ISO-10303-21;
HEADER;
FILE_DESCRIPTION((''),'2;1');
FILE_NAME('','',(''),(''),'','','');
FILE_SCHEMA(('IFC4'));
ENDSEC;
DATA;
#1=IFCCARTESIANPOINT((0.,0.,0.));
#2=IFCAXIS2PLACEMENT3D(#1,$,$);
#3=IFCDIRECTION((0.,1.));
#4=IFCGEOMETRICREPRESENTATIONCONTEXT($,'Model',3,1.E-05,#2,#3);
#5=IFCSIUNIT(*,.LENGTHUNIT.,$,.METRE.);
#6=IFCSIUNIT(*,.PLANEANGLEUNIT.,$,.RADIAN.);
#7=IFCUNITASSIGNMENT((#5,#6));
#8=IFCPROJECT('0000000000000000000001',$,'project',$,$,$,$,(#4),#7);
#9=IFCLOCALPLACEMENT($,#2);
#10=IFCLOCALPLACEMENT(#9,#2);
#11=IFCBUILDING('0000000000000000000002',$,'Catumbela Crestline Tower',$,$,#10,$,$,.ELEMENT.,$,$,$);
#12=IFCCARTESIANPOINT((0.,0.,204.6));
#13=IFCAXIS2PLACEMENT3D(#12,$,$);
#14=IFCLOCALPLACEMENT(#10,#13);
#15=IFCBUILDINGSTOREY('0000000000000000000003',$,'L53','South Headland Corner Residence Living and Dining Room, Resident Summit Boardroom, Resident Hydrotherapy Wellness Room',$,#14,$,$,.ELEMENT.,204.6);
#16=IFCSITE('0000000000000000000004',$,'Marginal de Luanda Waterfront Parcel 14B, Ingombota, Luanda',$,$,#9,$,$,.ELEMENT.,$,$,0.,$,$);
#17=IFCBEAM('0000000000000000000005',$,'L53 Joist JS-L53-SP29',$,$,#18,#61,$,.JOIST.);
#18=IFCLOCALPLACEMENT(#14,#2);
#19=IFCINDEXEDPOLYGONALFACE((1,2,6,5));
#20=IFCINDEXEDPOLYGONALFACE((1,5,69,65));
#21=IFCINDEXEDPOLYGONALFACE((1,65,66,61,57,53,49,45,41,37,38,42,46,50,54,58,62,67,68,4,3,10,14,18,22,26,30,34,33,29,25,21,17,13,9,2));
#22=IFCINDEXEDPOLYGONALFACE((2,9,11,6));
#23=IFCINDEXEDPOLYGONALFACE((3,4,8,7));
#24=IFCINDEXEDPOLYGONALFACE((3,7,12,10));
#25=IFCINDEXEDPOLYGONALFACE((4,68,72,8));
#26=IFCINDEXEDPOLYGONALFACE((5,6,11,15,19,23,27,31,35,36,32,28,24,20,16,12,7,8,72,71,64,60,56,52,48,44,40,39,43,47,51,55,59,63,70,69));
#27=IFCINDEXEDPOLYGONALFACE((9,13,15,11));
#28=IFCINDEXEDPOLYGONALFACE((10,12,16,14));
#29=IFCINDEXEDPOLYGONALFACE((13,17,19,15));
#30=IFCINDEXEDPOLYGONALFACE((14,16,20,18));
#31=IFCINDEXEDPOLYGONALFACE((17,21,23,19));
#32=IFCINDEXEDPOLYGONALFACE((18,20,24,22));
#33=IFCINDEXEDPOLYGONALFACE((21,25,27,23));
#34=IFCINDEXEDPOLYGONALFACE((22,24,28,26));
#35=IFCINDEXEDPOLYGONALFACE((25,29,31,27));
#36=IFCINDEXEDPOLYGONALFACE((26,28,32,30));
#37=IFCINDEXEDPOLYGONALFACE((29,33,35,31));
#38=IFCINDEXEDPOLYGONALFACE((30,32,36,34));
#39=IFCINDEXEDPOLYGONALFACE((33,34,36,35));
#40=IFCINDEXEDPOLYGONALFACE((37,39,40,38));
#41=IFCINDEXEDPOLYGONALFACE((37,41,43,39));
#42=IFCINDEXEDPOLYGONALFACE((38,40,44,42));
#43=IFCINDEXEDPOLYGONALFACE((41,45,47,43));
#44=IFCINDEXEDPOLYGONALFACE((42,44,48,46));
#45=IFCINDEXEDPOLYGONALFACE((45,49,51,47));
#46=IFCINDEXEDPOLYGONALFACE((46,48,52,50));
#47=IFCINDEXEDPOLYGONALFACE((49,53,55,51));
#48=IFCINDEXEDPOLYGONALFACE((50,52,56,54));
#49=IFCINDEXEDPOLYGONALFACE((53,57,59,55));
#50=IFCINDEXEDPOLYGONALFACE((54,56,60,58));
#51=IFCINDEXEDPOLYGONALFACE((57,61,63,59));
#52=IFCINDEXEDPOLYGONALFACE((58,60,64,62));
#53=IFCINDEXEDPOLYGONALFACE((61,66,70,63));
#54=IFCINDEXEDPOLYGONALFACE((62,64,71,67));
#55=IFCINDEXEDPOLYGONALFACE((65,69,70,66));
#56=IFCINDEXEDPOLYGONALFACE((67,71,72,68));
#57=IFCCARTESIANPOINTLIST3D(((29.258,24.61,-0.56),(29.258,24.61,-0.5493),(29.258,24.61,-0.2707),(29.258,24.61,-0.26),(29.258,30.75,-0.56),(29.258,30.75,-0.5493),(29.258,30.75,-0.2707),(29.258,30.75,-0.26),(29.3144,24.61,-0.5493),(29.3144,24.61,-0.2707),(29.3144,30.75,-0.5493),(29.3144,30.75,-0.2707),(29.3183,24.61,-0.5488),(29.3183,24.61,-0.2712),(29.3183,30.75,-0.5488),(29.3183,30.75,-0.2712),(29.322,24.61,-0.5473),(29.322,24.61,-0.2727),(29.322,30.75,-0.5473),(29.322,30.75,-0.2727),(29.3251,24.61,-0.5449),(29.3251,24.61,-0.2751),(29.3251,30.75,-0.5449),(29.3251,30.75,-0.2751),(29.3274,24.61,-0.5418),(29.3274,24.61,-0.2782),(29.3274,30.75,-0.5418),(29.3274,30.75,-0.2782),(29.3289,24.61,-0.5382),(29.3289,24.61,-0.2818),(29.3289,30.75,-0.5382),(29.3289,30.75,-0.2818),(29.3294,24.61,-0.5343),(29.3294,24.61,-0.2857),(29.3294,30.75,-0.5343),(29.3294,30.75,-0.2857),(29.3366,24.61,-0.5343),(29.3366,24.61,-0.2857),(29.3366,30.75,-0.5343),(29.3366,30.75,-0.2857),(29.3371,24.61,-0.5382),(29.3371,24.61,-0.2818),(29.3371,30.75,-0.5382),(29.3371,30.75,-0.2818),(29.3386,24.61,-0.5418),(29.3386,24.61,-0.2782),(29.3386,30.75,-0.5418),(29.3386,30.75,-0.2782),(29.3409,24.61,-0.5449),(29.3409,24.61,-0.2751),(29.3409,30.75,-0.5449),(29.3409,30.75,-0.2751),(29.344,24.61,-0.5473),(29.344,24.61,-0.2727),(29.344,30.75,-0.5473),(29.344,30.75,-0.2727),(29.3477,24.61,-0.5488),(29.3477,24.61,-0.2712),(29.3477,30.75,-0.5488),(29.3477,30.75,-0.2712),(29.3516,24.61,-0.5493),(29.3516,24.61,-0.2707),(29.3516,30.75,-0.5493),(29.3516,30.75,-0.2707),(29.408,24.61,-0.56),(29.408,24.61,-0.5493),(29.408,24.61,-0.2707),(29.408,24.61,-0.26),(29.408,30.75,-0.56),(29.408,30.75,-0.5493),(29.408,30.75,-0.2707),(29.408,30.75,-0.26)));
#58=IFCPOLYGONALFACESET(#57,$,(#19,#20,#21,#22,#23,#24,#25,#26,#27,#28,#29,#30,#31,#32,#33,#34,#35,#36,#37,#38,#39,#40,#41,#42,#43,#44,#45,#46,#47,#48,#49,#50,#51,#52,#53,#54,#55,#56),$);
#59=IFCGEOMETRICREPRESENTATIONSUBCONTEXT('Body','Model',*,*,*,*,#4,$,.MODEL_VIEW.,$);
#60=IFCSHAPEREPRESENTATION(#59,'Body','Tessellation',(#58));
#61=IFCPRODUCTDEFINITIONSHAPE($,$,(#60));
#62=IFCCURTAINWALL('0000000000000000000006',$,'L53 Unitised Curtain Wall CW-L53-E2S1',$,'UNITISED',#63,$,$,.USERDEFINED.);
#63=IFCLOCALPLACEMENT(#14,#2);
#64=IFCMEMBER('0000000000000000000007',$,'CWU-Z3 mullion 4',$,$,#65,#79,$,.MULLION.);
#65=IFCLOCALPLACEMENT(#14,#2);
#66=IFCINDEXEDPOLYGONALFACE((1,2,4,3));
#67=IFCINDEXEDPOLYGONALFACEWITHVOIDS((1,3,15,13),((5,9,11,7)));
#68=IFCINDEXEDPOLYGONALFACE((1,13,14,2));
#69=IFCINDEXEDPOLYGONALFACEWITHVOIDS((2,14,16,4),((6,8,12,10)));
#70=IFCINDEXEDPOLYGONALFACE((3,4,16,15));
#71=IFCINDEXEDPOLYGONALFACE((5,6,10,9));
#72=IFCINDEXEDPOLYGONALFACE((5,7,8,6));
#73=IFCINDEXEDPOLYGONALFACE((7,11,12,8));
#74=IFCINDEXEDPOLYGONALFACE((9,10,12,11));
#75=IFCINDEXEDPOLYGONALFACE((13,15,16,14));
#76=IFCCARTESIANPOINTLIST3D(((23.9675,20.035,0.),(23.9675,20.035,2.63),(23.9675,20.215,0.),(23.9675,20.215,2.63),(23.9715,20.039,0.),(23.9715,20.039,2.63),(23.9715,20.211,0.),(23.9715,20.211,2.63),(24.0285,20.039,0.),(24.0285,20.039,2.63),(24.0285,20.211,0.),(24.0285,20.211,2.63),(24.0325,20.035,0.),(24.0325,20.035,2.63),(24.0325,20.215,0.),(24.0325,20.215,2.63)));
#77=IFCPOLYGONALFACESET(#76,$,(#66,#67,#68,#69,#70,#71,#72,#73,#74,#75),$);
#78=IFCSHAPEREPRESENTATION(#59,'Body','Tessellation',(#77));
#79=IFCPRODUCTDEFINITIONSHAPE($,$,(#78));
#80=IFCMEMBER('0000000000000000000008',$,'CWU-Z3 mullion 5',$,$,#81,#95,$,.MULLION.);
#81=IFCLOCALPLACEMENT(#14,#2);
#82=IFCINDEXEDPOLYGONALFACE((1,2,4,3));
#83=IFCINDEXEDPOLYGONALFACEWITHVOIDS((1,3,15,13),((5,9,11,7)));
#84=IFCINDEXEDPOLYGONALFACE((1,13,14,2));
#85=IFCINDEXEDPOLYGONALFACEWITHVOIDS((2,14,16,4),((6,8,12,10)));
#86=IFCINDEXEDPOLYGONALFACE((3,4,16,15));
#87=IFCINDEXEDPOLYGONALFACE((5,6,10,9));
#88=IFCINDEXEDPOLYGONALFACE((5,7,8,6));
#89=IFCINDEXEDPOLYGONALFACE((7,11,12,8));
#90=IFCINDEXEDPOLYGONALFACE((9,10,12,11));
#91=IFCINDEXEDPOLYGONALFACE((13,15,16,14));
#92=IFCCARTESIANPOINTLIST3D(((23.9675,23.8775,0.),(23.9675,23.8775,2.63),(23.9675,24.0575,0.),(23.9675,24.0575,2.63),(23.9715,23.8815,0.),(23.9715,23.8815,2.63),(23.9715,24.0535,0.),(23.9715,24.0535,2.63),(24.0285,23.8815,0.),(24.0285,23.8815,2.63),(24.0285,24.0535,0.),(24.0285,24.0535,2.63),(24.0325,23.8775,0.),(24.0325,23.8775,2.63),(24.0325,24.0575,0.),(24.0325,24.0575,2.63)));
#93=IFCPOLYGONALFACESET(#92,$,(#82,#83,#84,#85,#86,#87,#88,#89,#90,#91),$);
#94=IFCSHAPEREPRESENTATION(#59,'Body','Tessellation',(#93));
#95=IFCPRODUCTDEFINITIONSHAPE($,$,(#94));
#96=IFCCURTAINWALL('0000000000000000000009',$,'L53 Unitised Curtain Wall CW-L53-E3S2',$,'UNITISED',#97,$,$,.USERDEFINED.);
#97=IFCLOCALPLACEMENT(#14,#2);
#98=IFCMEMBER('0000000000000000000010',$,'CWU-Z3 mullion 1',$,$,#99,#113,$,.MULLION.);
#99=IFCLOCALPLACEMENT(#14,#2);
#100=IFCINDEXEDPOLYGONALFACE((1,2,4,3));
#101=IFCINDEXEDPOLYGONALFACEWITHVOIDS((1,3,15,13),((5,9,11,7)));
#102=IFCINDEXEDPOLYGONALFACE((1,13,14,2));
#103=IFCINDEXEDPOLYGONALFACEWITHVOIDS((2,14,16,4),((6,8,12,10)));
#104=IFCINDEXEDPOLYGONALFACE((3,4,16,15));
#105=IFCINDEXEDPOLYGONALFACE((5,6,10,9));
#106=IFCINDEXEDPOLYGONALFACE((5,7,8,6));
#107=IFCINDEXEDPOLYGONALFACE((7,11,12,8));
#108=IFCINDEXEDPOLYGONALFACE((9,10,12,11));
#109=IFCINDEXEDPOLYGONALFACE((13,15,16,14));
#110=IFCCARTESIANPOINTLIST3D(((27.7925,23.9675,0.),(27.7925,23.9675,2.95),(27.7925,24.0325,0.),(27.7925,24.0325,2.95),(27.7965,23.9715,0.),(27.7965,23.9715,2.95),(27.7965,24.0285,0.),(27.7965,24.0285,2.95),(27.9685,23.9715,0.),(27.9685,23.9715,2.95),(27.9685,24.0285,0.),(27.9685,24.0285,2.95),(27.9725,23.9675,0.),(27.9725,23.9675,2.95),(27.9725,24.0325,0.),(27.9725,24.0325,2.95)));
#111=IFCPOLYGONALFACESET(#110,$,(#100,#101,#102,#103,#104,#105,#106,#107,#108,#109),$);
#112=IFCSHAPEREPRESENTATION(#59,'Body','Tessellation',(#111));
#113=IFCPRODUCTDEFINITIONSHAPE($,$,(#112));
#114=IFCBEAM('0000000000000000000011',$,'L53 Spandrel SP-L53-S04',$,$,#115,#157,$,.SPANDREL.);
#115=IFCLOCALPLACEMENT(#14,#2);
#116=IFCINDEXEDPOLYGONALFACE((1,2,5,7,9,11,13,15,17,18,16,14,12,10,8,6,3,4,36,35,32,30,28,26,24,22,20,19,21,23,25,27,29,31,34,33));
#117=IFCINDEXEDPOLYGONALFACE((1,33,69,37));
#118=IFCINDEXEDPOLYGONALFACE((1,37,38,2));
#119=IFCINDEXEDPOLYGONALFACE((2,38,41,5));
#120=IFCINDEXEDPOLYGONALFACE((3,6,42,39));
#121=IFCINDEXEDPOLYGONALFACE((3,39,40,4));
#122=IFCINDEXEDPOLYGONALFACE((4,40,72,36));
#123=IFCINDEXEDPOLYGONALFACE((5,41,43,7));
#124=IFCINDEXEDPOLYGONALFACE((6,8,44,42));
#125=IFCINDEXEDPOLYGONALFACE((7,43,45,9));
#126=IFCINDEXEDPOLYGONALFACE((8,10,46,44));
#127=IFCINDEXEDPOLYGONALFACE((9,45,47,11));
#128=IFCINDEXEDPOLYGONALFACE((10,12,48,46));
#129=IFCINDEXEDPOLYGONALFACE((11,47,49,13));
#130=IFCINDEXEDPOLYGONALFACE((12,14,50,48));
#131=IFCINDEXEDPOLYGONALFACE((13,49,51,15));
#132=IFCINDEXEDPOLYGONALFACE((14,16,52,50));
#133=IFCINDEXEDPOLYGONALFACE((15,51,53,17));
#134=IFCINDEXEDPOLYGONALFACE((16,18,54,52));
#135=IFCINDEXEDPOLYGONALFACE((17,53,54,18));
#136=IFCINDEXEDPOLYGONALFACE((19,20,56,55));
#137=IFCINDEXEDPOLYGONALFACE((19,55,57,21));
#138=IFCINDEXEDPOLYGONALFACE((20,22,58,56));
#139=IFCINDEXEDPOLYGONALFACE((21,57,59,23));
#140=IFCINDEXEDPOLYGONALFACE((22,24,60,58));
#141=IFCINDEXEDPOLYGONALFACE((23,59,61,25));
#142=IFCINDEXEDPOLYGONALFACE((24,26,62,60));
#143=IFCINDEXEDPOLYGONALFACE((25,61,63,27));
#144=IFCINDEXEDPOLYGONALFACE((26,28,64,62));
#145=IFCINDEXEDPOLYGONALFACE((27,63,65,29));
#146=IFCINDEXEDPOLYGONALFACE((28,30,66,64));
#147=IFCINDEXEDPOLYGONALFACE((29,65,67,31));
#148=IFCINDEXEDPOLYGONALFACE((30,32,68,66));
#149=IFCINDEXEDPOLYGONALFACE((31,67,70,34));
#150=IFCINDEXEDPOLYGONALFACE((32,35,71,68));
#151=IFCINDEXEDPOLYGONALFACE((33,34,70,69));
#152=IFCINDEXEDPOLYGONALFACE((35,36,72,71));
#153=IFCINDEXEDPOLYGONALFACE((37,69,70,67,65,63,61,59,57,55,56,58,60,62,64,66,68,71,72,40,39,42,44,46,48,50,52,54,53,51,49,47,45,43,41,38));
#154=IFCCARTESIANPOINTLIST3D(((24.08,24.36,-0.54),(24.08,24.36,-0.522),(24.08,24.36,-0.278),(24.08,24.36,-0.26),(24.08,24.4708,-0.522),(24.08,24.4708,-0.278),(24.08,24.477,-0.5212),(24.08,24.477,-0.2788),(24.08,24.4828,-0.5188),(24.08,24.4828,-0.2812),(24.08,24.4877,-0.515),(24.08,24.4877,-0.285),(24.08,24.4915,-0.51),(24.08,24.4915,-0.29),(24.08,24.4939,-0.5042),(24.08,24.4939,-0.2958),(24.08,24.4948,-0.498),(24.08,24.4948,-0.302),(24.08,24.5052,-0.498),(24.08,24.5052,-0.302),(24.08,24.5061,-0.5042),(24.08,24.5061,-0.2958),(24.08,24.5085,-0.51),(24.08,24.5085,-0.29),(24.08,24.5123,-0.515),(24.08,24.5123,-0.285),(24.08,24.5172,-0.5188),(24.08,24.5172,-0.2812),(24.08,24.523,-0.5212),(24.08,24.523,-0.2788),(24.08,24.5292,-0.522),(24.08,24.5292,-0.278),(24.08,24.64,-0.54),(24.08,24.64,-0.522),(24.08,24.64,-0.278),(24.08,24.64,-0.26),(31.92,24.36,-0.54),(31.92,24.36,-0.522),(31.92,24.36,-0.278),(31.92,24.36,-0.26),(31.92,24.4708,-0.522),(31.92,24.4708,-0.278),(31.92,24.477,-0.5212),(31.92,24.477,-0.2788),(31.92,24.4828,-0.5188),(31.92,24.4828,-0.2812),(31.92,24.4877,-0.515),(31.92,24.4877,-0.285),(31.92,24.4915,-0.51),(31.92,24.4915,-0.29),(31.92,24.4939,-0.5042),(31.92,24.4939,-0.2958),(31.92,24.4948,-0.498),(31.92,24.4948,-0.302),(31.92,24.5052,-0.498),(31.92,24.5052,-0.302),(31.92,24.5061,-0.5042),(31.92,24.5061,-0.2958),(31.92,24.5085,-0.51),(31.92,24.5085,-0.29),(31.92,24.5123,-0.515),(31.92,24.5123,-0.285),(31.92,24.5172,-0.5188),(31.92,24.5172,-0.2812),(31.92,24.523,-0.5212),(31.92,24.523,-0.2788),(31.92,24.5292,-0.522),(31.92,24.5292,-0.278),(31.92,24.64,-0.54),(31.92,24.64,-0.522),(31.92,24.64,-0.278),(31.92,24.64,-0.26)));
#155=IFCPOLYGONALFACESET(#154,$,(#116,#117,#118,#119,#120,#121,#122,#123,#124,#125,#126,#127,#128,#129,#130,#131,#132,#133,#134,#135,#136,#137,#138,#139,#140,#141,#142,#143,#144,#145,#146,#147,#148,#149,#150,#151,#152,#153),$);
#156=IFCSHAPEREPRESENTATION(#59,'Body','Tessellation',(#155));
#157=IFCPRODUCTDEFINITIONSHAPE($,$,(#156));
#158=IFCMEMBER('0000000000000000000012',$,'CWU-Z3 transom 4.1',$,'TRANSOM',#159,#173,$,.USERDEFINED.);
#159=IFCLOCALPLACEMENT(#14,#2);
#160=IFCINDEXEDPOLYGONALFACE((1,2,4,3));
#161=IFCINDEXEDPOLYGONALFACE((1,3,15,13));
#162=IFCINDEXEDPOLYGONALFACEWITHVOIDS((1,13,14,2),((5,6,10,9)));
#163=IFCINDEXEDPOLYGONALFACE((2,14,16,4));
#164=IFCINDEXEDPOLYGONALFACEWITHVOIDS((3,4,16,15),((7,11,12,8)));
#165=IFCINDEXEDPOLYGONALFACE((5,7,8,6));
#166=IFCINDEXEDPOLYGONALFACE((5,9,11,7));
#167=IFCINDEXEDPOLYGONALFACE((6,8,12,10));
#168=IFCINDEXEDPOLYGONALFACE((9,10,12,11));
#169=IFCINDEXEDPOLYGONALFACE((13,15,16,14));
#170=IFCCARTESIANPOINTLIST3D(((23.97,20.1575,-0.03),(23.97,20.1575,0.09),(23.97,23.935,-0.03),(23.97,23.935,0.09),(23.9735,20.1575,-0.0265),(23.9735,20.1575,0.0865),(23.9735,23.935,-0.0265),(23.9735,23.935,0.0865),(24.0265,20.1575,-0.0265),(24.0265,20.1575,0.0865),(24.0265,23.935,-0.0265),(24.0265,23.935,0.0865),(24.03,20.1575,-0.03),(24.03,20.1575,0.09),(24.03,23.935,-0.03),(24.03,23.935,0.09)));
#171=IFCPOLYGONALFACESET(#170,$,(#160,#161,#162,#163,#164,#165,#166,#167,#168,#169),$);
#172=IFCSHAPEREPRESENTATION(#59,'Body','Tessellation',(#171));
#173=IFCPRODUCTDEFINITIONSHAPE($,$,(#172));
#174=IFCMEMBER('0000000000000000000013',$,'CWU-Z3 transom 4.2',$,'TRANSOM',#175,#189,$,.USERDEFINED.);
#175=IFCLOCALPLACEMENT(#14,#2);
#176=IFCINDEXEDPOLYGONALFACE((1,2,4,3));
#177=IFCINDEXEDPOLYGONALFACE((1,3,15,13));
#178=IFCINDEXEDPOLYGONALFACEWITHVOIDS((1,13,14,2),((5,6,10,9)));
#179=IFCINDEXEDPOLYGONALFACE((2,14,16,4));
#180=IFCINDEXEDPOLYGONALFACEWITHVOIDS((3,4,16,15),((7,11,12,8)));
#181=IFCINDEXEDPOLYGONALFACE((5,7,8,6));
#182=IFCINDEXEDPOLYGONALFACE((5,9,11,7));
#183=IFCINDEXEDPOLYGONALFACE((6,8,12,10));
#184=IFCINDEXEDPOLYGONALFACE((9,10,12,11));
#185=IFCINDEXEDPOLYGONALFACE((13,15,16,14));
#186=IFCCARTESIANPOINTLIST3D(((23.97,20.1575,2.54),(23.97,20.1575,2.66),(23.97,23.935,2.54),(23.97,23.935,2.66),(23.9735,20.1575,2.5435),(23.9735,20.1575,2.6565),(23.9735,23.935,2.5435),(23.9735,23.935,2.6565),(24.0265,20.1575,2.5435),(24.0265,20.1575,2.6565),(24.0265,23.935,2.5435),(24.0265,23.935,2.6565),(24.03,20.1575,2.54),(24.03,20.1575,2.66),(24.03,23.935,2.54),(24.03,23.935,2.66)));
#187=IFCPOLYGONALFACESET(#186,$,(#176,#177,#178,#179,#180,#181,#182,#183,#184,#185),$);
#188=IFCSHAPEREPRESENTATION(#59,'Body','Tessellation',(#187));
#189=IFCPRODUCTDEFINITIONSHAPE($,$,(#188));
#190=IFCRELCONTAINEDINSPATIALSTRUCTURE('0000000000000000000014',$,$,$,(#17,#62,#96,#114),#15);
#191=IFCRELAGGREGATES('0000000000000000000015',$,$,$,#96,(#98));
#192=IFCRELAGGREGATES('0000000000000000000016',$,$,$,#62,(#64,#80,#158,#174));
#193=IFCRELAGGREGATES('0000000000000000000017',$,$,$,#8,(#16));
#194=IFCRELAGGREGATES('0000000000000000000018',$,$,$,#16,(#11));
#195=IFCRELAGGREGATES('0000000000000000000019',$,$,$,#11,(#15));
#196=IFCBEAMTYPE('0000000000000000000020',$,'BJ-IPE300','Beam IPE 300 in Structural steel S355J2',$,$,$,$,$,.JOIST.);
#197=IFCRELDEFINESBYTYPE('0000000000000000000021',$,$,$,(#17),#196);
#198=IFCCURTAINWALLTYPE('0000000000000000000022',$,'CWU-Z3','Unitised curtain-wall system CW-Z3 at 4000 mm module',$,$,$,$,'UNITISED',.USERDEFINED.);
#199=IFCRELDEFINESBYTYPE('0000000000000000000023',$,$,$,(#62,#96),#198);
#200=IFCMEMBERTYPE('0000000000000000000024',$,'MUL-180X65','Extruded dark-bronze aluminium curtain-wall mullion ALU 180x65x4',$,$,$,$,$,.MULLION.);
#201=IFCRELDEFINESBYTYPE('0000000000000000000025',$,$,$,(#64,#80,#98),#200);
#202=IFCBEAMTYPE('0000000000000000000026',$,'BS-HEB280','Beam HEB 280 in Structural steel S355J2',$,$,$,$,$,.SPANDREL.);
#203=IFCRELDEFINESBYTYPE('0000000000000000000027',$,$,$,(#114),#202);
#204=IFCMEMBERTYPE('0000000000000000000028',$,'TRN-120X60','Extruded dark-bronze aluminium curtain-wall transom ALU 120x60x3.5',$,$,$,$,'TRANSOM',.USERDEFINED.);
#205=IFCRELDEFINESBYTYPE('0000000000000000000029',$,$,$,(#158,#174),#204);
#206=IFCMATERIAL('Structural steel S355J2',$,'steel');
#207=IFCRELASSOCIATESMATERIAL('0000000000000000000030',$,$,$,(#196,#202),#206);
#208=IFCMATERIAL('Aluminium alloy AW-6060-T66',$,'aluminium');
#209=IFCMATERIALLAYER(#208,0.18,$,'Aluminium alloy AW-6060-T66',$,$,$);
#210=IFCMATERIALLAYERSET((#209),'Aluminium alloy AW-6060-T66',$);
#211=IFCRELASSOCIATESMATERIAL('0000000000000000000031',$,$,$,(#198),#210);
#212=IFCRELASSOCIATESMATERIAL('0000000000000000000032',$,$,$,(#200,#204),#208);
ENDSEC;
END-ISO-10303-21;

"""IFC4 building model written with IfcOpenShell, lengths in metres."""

from ifc_helpers import new_model, si_unit, direction, frame, origin, origin_2d, place, context, subcontext, project, spatial, hollow_rectangle, i_section, extrude, material, layer, layer_set, material_profile, profile_set, type_object, element, aggregate, save


model = new_model("IFC4")

# Units and contexts
model_context = context("Model", 3, precision=1e-05, world=origin(), true_north=direction((0.0, 1.0)))
body_context = subcontext(model_context, "Body", "Model", "MODEL_VIEW")
ifc_project = project(units=[si_unit("LENGTHUNIT", "METRE"), si_unit("PLANEANGLEUNIT", "RADIAN")], contexts=[model_context])

# Site, building, storey
site_placement = place(None, origin())
site = spatial("IfcSite", under=ifc_project, at=site_placement, Name="Marginal de Luanda Waterfront Parcel 14B, Ingombota, Luanda", CompositionType="ELEMENT", RefElevation=0.0)
building_placement = place(site_placement, origin())
building = spatial("IfcBuilding", under=site, at=building_placement, Name="Catumbela Crestline Tower", CompositionType="ELEMENT")
storey_placement = place(building_placement, frame((0.0, 0.0, 204.6)))
storey = spatial("IfcBuildingStorey", under=building, at=storey_placement, Name="L53", Description="South Headland Corner Residence Living and Dining Room, Resident Summit Boardroom, Resident Hydrotherapy Wellness Room", CompositionType="ELEMENT", Elevation=204.6)

# Beam
ifc_material_1 = material(Name="Structural steel S355J2", Category="steel")
ifc_material_profile_1 = material_profile(ifc_material_1, i_section(OverallWidth=0.15, OverallDepth=0.3, WebThickness=0.0071, FlangeThickness=0.0107, FilletRadius=0.015, at=origin_2d()), Name="IPE 300")
ifc_profile_set_1 = profile_set([ifc_material_profile_1], Name="Structural steel S355J2")
beam_type_1 = type_object("IfcBeamType", Name="BJ-IPE300", Description="Beam IPE 300 in Structural steel S355J2", PredefinedType="JOIST", material=ifc_profile_set_1)
for number, where, z_axis, x_axis, name in (
    (1, (29.333, 24.61, -0.41), (0.0, 1.0, 0.0), (-1.0, 0.0, 0.0), "L53 Joist JS-L53-SP29"),
):
    element("IfcBeam", number, at=place(storey_placement, frame(where, z_axis=z_axis, x_axis=x_axis)), inside=storey, type_object=beam_type_1, Name=name, PredefinedType="JOIST", context=body_context, shape_type="SweptSolid", body=[
        extrude(i_section(OverallWidth=0.15, OverallDepth=0.3, WebThickness=0.0071, FlangeThickness=0.0107, FilletRadius=0.015, at=origin_2d()), origin(), (0.0, 0.0, 1.0), 6.14),
    ])

# Curtain wall, members
ifc_material_2 = material(Name="Aluminium alloy AW-6060-T66", Category="aluminium")
ifc_layer_1 = layer(ifc_material_2, 0.18, Name="Aluminium alloy AW-6060-T66")
ifc_layer_set_1 = layer_set([ifc_layer_1], Name="Aluminium alloy AW-6060-T66")
curtain_wall_type = type_object("IfcCurtainWallType", Name="CWU-Z3", Description="Unitised curtain-wall system CW-Z3 at 4000 mm module", ElementType="UNITISED", PredefinedType="USERDEFINED", material=ifc_layer_set_1)
curtain_wall_1_placement = place(storey_placement, origin())
curtain_wall_1 = element("IfcCurtainWall", 2, at=curtain_wall_1_placement, inside=storey, type_object=curtain_wall_type, Name="L53 Unitised Curtain Wall CW-L53-E2S1", ObjectType="UNITISED", PredefinedType="USERDEFINED")
ifc_material_profile_2 = material_profile(ifc_material_2, hollow_rectangle(XDim=0.065, YDim=0.18, WallThickness=0.004, at=origin_2d()), Name="ALU 180x65x4")
ifc_profile_set_2 = profile_set([ifc_material_profile_2], Name="Aluminium alloy AW-6060-T66")
member_type_1 = type_object("IfcMemberType", Name="MUL-180X65", Description="Extruded dark-bronze aluminium curtain-wall mullion ALU 180x65x4", PredefinedType="MULLION", material=ifc_profile_set_2)
member_1_placement = place(storey_placement, frame((24.0, 20.125, 0.0), z_axis=(0.0, 0.0, 1.0), x_axis=(-1.0, 0.0, 0.0)))
member_1 = element("IfcMember", 3, at=member_1_placement, type_object=member_type_1, Name="CWU-Z3 mullion 4", PredefinedType="MULLION", context=body_context, shape_type="SweptSolid", body=[
    extrude(hollow_rectangle(XDim=0.065, YDim=0.18, WallThickness=0.004, at=origin_2d()), origin(), (0.0, 0.0, 1.0), 2.63),
])
member_2_placement = place(storey_placement, frame((24.0, 23.9675, 0.0), z_axis=(0.0, 0.0, 1.0), x_axis=(-1.0, 0.0, 0.0)))
member_2 = element("IfcMember", 4, at=member_2_placement, type_object=member_type_1, Name="CWU-Z3 mullion 5", PredefinedType="MULLION", context=body_context, shape_type="SweptSolid", body=[
    extrude(hollow_rectangle(XDim=0.065, YDim=0.18, WallThickness=0.004, at=origin_2d()), origin(), (0.0, 0.0, 1.0), 2.63),
])

# Curtain wall, member
curtain_wall_2_placement = place(storey_placement, origin())
curtain_wall_2 = element("IfcCurtainWall", 5, at=curtain_wall_2_placement, inside=storey, type_object=curtain_wall_type, Name="L53 Unitised Curtain Wall CW-L53-E3S2", ObjectType="UNITISED", PredefinedType="USERDEFINED")
member_3_placement = place(storey_placement, frame((27.8825, 24.0, 0.0), z_axis=(0.0, 0.0, 1.0), x_axis=(0.0, 1.0, 0.0)))
member_3 = element("IfcMember", 6, at=member_3_placement, type_object=member_type_1, Name="CWU-Z3 mullion 1", PredefinedType="MULLION", context=body_context, shape_type="SweptSolid", body=[
    extrude(hollow_rectangle(XDim=0.065, YDim=0.18, WallThickness=0.004, at=origin_2d()), origin(), (0.0, 0.0, 1.0), 2.95),
])

# Beam
ifc_material_profile_3 = material_profile(ifc_material_1, i_section(OverallWidth=0.28, OverallDepth=0.28, WebThickness=0.0105, FlangeThickness=0.018, FilletRadius=0.024, at=origin_2d()), Name="HEB 280")
ifc_profile_set_3 = profile_set([ifc_material_profile_3], Name="Structural steel S355J2")
beam_type_2 = type_object("IfcBeamType", Name="BS-HEB280", Description="Beam HEB 280 in Structural steel S355J2", PredefinedType="SPANDREL", material=ifc_profile_set_3)
beam_1_placement = place(storey_placement, frame((24.08, 24.5, -0.4), z_axis=(1.0, 0.0, 0.0), x_axis=(0.0, 1.0, 0.0)))
element("IfcBeam", 7, at=beam_1_placement, inside=storey, type_object=beam_type_2, Name="L53 Spandrel SP-L53-S04", PredefinedType="SPANDREL", context=body_context, shape_type="SweptSolid", body=[
    extrude(i_section(OverallWidth=0.28, OverallDepth=0.28, WebThickness=0.0105, FlangeThickness=0.018, FilletRadius=0.024, at=origin_2d()), origin(), (0.0, 0.0, 1.0), 7.84),
])

# Members
ifc_material_profile_4 = material_profile(ifc_material_2, hollow_rectangle(XDim=0.06, YDim=0.12, WallThickness=0.0035, at=origin_2d()), Name="ALU 120x60x3.5")
ifc_profile_set_4 = profile_set([ifc_material_profile_4], Name="Aluminium alloy AW-6060-T66")
member_type_2 = type_object("IfcMemberType", Name="TRN-120X60", Description="Extruded dark-bronze aluminium curtain-wall transom ALU 120x60x3.5", ElementType="TRANSOM", PredefinedType="USERDEFINED", material=ifc_profile_set_4)
member_4_placement = place(storey_placement, frame((24.0, 20.1575, 0.03), z_axis=(0.0, 1.0, 0.0), x_axis=(-1.0, 0.0, 0.0)))
member_4 = element("IfcMember", 8, at=member_4_placement, type_object=member_type_2, Name="CWU-Z3 transom 4.1", ObjectType="TRANSOM", PredefinedType="USERDEFINED", context=body_context, shape_type="SweptSolid", body=[
    extrude(hollow_rectangle(XDim=0.06, YDim=0.12, WallThickness=0.0035, at=origin_2d()), origin(), (0.0, 0.0, 1.0), 3.7775),
])
member_5_placement = place(storey_placement, frame((24.0, 20.1575, 2.6), z_axis=(0.0, 1.0, 0.0), x_axis=(-1.0, 0.0, 0.0)))
member_5 = element("IfcMember", 9, at=member_5_placement, type_object=member_type_2, Name="CWU-Z3 transom 4.2", ObjectType="TRANSOM", PredefinedType="USERDEFINED", context=body_context, shape_type="SweptSolid", body=[
    extrude(hollow_rectangle(XDim=0.06, YDim=0.12, WallThickness=0.0035, at=origin_2d()), origin(), (0.0, 0.0, 1.0), 3.7775),
])
aggregate(curtain_wall_2, [member_3])

aggregate(curtain_wall_1, [member_1, member_2, member_4, member_5])

save(model, "model.ifc")
